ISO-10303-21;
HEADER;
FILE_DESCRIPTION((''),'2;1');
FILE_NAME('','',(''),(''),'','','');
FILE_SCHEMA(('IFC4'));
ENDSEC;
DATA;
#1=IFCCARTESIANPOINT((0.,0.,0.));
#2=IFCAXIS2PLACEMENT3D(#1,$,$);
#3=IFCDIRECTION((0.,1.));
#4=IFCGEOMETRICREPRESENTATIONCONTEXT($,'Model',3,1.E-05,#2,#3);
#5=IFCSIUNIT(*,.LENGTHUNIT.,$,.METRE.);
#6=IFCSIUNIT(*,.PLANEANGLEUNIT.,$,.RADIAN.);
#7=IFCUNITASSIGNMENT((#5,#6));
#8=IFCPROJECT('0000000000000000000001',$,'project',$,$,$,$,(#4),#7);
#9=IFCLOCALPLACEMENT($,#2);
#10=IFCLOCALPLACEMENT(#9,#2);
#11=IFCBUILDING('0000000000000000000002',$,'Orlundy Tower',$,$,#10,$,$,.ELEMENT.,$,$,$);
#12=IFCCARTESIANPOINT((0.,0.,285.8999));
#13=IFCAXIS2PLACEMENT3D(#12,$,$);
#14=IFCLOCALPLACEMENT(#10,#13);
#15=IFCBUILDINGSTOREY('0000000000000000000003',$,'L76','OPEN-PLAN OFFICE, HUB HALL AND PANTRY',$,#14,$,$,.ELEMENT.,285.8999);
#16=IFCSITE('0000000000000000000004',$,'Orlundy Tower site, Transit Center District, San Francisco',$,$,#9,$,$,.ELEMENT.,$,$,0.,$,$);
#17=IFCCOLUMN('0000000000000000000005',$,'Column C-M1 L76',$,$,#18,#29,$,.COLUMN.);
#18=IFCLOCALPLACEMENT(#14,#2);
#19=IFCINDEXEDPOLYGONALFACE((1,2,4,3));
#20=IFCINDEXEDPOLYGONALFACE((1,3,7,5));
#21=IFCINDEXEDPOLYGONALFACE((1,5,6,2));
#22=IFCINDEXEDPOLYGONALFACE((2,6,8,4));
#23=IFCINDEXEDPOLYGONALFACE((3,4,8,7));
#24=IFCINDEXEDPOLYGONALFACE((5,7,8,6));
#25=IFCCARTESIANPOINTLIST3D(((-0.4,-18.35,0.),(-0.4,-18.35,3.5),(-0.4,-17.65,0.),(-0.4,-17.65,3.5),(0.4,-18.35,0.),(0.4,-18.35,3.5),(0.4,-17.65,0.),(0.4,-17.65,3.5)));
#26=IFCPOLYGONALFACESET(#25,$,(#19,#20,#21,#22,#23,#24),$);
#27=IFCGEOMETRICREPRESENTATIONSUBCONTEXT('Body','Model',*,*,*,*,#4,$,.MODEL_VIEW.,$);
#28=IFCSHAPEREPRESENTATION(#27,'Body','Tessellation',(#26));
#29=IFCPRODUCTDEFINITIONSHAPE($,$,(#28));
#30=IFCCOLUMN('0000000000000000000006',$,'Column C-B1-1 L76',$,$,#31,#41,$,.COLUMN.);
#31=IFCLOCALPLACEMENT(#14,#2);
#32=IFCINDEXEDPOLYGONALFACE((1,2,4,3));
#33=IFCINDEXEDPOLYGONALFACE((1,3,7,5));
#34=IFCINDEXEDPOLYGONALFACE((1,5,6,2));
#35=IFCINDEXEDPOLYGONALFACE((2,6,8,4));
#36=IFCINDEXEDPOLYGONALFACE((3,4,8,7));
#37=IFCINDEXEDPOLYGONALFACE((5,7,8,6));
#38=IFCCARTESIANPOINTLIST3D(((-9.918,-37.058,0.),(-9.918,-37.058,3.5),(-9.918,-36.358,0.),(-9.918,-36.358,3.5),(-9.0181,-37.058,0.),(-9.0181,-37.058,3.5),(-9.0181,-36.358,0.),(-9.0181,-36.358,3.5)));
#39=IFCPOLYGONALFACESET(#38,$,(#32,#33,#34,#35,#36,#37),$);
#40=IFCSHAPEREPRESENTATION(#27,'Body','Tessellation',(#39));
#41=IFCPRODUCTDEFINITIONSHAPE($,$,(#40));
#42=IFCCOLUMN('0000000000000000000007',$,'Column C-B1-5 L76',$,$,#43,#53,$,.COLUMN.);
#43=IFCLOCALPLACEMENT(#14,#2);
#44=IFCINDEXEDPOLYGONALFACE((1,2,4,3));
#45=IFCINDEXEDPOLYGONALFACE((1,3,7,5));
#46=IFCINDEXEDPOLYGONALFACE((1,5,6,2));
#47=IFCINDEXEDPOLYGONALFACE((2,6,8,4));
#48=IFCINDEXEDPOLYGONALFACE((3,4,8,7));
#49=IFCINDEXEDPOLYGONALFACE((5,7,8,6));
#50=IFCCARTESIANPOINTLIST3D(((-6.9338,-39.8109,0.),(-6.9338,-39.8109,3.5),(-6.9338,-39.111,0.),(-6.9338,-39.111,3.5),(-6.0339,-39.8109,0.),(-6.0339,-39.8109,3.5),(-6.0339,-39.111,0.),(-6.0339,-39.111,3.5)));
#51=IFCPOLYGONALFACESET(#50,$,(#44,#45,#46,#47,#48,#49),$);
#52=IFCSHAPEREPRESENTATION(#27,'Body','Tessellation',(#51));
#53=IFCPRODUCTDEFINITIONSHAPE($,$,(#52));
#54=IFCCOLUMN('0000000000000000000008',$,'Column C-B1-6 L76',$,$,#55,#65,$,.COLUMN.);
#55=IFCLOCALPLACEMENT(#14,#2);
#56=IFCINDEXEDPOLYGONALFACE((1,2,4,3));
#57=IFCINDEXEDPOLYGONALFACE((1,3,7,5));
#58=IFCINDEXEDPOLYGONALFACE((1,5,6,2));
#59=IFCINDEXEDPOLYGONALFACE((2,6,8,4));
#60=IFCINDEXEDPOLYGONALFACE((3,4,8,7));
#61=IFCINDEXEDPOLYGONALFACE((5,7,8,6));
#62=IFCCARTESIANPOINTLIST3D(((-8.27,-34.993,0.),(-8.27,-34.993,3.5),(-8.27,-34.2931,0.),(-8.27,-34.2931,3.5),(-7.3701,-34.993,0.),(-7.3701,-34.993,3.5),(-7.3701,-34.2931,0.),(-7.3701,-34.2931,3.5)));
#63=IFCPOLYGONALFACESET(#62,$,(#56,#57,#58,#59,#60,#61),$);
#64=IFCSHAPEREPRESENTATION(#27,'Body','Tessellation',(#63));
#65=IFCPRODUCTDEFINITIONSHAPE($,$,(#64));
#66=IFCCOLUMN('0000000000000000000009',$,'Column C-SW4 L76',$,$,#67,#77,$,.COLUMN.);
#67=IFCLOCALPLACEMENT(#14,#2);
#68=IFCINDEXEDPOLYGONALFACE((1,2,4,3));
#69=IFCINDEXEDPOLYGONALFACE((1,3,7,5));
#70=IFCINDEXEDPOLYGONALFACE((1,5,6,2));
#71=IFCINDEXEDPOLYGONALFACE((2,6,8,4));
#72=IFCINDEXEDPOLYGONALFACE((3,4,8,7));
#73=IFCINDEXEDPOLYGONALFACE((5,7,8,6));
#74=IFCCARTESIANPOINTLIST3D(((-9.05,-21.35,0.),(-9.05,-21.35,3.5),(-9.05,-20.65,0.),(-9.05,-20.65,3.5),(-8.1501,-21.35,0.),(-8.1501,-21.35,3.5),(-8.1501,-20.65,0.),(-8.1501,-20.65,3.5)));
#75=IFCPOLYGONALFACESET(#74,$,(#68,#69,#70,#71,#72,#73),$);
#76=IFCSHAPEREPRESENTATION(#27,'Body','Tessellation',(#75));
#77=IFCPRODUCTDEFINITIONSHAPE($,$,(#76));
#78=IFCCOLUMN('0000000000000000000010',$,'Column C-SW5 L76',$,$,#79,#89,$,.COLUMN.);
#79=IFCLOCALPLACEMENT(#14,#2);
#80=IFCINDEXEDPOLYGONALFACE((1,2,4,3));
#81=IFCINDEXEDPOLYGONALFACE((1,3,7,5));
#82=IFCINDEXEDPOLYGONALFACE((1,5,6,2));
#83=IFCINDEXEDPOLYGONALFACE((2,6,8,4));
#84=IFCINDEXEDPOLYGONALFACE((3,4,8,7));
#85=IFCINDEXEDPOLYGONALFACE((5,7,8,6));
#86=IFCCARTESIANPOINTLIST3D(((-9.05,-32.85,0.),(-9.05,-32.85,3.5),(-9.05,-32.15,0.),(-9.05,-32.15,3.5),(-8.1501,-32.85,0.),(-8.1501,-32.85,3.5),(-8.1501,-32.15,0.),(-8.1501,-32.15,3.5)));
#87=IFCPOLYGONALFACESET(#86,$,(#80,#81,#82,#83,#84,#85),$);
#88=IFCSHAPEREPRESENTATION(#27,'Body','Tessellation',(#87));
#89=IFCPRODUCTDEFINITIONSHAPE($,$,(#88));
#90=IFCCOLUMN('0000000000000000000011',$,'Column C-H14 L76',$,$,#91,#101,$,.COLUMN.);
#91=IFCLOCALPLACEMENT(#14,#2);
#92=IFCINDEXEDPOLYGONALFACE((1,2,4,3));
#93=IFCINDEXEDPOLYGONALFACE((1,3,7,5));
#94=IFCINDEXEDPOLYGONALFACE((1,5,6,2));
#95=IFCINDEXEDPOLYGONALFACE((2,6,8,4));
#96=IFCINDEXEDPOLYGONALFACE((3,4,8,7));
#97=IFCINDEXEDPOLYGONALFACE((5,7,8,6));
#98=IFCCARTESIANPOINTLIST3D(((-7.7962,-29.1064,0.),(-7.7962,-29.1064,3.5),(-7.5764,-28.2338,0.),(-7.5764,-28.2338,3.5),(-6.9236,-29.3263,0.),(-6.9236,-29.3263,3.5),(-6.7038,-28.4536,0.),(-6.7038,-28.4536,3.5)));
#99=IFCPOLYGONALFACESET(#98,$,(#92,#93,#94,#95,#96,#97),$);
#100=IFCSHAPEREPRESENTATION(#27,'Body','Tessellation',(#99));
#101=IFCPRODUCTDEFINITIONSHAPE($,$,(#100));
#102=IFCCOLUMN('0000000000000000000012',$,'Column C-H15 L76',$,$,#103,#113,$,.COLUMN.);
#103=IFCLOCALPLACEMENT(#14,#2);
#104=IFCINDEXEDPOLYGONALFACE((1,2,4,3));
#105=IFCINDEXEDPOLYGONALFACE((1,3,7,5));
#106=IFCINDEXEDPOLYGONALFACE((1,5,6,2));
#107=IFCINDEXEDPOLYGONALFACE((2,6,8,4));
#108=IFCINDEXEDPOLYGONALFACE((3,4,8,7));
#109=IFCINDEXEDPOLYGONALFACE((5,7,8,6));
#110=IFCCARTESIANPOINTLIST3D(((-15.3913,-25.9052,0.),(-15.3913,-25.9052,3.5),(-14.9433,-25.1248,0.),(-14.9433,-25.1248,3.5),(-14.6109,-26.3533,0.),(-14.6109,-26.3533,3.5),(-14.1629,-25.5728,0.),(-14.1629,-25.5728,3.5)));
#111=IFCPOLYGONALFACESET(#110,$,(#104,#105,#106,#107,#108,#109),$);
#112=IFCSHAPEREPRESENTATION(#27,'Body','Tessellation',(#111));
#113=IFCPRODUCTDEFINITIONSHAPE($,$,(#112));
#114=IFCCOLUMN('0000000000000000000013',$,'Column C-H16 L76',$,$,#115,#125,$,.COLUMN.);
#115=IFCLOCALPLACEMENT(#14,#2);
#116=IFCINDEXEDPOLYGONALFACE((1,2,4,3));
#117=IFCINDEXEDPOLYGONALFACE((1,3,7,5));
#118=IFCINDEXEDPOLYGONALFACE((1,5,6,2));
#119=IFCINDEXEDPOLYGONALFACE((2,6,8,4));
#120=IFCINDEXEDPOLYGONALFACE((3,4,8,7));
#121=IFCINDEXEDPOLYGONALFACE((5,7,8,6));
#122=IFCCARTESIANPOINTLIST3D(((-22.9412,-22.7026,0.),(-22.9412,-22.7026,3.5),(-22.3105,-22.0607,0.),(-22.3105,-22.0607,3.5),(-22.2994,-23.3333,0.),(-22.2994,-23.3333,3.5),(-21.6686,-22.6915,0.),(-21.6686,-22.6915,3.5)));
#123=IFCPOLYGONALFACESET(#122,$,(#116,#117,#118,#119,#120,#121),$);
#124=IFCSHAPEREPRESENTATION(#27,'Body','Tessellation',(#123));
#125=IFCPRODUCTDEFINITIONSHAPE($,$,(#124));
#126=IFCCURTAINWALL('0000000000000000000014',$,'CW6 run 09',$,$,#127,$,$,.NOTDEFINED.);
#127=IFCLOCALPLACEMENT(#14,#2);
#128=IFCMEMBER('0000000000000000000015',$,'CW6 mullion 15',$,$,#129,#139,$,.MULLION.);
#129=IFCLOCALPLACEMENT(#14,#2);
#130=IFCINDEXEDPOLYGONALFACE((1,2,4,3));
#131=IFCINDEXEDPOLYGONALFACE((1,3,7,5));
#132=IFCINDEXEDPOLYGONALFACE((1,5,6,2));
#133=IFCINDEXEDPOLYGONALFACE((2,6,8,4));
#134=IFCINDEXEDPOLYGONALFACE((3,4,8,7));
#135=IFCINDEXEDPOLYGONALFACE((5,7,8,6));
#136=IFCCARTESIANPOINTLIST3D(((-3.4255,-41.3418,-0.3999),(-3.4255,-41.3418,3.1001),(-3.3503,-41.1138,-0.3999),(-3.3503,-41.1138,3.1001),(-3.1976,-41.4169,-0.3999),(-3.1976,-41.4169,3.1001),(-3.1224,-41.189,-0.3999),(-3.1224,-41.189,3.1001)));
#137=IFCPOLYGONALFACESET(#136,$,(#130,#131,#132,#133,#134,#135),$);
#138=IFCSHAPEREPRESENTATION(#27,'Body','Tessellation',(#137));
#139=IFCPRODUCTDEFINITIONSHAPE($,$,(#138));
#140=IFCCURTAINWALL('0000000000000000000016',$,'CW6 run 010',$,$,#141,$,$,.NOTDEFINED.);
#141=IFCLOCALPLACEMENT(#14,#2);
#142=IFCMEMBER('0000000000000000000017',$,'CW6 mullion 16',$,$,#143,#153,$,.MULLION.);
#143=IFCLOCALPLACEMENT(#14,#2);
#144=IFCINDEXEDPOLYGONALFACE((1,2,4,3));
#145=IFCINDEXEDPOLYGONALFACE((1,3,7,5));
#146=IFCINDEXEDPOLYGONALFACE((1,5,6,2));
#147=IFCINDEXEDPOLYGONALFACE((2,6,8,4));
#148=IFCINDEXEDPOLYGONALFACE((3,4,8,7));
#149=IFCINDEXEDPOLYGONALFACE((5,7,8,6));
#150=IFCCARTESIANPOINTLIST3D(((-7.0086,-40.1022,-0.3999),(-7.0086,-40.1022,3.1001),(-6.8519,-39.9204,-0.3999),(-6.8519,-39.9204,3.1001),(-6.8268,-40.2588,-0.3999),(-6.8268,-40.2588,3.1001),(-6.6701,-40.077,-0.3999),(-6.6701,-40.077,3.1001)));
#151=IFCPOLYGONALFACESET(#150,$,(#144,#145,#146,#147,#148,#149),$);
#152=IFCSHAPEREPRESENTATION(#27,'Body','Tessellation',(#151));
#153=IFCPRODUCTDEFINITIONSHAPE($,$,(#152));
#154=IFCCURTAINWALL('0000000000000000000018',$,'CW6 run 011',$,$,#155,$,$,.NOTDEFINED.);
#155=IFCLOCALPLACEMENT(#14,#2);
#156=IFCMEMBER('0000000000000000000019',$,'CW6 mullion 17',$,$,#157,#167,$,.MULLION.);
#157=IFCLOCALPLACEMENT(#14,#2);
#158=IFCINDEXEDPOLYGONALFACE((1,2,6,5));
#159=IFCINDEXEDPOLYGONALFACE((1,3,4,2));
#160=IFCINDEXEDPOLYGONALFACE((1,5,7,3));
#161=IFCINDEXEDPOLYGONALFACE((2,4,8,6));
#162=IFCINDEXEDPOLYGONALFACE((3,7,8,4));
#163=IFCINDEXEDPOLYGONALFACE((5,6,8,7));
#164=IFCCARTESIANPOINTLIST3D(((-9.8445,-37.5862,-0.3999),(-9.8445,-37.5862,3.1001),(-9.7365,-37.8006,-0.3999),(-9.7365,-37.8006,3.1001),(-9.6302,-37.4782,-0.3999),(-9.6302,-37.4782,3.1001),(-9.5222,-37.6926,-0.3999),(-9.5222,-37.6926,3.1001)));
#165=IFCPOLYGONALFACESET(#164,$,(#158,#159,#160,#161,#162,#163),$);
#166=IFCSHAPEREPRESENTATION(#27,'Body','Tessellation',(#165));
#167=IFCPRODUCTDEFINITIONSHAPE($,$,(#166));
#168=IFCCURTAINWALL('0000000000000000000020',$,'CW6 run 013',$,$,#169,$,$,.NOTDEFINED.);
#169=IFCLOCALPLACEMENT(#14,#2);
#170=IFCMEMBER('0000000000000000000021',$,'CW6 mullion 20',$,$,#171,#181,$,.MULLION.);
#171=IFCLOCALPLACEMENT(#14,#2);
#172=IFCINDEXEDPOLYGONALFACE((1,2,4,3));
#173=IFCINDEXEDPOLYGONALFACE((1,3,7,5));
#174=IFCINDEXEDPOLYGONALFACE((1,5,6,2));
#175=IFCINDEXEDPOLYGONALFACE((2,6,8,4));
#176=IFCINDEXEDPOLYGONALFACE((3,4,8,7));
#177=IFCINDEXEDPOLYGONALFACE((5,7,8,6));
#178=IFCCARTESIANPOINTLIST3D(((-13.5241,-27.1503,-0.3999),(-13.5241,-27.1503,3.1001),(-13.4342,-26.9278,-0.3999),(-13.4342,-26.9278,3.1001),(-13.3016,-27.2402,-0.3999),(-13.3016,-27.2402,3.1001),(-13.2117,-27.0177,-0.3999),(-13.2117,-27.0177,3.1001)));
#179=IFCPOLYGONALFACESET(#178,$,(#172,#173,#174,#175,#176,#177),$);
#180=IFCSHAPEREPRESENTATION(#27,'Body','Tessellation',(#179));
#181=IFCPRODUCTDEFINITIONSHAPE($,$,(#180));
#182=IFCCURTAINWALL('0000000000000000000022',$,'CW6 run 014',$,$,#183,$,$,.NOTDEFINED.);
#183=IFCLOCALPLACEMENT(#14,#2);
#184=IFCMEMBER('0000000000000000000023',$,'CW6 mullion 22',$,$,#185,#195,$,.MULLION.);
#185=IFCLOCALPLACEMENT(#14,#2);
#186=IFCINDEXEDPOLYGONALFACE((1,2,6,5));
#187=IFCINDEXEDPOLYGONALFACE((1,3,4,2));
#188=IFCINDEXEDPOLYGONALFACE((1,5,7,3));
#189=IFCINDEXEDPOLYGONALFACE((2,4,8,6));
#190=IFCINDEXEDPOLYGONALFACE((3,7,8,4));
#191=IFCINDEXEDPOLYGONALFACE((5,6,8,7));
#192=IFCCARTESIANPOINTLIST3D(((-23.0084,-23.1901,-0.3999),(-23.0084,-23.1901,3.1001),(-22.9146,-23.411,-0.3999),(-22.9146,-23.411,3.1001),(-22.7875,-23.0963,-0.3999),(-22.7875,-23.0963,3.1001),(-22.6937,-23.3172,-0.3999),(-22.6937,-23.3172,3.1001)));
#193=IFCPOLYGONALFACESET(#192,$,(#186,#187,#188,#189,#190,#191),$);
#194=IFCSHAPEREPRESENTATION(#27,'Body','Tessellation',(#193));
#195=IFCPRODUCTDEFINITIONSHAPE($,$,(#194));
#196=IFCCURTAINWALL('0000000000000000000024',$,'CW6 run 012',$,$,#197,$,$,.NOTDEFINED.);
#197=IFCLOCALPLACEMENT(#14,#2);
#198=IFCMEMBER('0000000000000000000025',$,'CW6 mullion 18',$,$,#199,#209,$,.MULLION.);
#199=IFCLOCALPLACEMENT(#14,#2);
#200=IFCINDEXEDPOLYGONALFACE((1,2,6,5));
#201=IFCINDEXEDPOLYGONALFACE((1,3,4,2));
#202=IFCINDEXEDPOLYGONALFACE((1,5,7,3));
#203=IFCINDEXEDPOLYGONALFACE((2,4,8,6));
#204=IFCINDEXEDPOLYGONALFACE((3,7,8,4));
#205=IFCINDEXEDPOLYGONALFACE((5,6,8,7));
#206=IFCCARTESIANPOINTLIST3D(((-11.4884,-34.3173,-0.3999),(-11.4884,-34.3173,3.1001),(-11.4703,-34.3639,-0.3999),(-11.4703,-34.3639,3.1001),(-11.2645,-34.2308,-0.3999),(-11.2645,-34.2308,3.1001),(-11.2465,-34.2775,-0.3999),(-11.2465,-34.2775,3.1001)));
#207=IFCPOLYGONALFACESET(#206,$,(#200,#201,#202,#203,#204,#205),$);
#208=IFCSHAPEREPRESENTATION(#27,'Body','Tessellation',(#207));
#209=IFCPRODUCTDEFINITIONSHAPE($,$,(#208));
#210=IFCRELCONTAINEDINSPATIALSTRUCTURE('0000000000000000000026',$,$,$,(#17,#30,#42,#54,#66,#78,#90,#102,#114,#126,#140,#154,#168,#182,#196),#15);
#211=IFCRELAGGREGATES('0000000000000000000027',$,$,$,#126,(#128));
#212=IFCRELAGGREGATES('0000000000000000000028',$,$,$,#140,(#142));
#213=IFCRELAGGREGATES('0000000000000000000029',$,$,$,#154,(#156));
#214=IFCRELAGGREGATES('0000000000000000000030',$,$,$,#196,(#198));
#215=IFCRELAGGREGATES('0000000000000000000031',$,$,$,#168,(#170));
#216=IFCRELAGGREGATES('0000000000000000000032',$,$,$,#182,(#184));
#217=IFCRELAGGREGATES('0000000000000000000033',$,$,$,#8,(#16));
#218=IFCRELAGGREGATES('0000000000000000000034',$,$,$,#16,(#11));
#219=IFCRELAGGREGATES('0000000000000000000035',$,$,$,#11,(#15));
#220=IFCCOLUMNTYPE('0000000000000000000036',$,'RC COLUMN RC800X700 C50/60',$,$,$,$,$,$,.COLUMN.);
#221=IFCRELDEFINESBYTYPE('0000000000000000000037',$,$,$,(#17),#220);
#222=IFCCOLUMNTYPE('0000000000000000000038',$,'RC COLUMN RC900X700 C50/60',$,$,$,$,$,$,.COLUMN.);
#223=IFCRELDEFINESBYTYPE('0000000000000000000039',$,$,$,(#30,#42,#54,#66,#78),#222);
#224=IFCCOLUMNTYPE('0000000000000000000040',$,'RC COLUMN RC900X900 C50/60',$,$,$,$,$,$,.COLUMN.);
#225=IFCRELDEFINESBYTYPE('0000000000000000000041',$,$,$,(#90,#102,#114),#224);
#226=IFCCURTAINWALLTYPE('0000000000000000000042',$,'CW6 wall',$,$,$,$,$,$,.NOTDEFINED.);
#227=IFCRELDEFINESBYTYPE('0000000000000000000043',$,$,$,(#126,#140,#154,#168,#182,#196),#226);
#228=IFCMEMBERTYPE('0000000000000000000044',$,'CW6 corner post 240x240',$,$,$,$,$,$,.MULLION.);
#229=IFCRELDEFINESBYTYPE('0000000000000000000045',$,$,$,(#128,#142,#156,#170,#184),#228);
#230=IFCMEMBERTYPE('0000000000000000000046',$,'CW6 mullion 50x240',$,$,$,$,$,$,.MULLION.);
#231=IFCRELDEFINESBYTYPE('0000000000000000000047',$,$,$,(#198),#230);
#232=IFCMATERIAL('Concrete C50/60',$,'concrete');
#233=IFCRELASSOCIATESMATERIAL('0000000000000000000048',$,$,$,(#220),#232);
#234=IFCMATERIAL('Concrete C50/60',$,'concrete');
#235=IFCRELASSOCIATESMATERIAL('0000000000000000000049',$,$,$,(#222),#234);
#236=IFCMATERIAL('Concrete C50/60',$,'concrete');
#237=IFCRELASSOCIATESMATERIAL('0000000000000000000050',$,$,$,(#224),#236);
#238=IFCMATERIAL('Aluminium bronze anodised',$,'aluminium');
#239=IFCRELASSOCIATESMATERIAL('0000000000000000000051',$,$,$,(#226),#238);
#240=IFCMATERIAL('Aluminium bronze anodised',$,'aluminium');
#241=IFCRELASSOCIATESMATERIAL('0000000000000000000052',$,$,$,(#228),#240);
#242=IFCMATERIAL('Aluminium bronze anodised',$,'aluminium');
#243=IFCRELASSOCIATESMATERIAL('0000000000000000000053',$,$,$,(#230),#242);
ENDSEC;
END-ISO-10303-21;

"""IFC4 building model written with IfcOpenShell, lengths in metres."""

from ifc_helpers import new_model, si_unit, direction, frame, origin, origin_2d, place, context, subcontext, project, spatial, rectangle, extrude, material, material_profile, profile_set, type_object, element, aggregate, save


model = new_model("IFC4")

# Units and contexts
model_context = context("Model", 3, precision=1e-05, world=origin(), true_north=direction((0.0, 1.0)))
body_context = subcontext(model_context, "Body", "Model", "MODEL_VIEW")
ifc_project = project(units=[si_unit("LENGTHUNIT", "METRE"), si_unit("PLANEANGLEUNIT", "RADIAN")], contexts=[model_context])

# Site, building, storey
site_placement = place(None, origin())
site = spatial("IfcSite", under=ifc_project, at=site_placement, Name="Orlundy Tower site, Transit Center District, San Francisco", CompositionType="ELEMENT", RefElevation=0.0)
building_placement = place(site_placement, origin())
building = spatial("IfcBuilding", under=site, at=building_placement, Name="Orlundy Tower", CompositionType="ELEMENT")
storey_placement = place(building_placement, frame((0.0, 0.0, 285.8999)))
storey = spatial("IfcBuildingStorey", under=building, at=storey_placement, Name="L76", Description="OPEN-PLAN OFFICE, HUB HALL AND PANTRY", CompositionType="ELEMENT", Elevation=285.8999)

# Columns
ifc_material_1 = material(Name="Concrete C50/60", Category="concrete")
ifc_material_profile_1 = material_profile(ifc_material_1, rectangle(XDim=0.8, YDim=0.7, at=origin_2d()), Name="RC800X700")
ifc_profile_set_1 = profile_set([ifc_material_profile_1], Name="Concrete C50/60")
column_type_1 = type_object("IfcColumnType", Name="RC COLUMN RC800X700 C50/60", PredefinedType="COLUMN", material=ifc_profile_set_1)
column_placement = place(storey_placement, frame((0.0, -18.0, 0.0), z_axis=(0.0, 0.0, 1.0), x_axis=(1.0, 0.0, 0.0)))
element("IfcColumn", 1, at=column_placement, inside=storey, type_object=column_type_1, Name="Column C-M1 L76", PredefinedType="COLUMN", context=body_context, shape_type="SweptSolid", body=[
    extrude(rectangle(XDim=0.8, YDim=0.7, at=origin_2d()), origin(), (0.0, 0.0, 1.0), 3.5),
])
ifc_material_2 = material(Name="Concrete C50/60", Category="concrete")
ifc_material_profile_2 = material_profile(ifc_material_2, rectangle(XDim=0.8999, YDim=0.7, at=origin_2d()), Name="RC900X700")
ifc_profile_set_2 = profile_set([ifc_material_profile_2], Name="Concrete C50/60")
column_type_2 = type_object("IfcColumnType", Name="RC COLUMN RC900X700 C50/60", PredefinedType="COLUMN", material=ifc_profile_set_2)
for number, where, z_axis, x_axis, name in (
    (2, (-9.468, -36.708, 0.0), (0.0, 0.0, 1.0), (1.0, 0.0, 0.0), "Column C-B1-1 L76"),
    (3, (-6.4839, -39.4609, 0.0), (0.0, 0.0, 1.0), (1.0, 0.0, 0.0), "Column C-B1-5 L76"),
    (4, (-7.8201, -34.6431, 0.0), (0.0, 0.0, 1.0), (1.0, 0.0, 0.0), "Column C-B1-6 L76"),
    (5, (-8.6001, -21.0, 0.0), (0.0, 0.0, 1.0), (1.0, 0.0, 0.0), "Column C-SW4 L76"),
    (6, (-8.6001, -32.5, 0.0), (0.0, 0.0, 1.0), (1.0, 0.0, 0.0), "Column C-SW5 L76"),
):
    element("IfcColumn", number, at=place(storey_placement, frame(where, z_axis=z_axis, x_axis=x_axis)), inside=storey, type_object=column_type_2, Name=name, PredefinedType="COLUMN", context=body_context, shape_type="SweptSolid", body=[
        extrude(rectangle(XDim=0.8999, YDim=0.7, at=origin_2d()), origin(), (0.0, 0.0, 1.0), 3.5),
    ])
ifc_material_3 = material(Name="Concrete C50/60", Category="concrete")
ifc_material_profile_3 = material_profile(ifc_material_3, rectangle(XDim=0.8999, YDim=0.8999, at=origin_2d()), Name="RC900X900")
ifc_profile_set_3 = profile_set([ifc_material_profile_3], Name="Concrete C50/60")
column_type_3 = type_object("IfcColumnType", Name="RC COLUMN RC900X900 C50/60", PredefinedType="COLUMN", material=ifc_profile_set_3)
for number, where, z_axis, x_axis, name in (
    (7, (-7.25, -28.78, 0.0), (0.0, 0.0, 1.0), (-0.244275, -0.969706, 0.0), "Column C-H14 L76"),
    (8, (-14.7771, -25.739, 0.0), (0.0, 0.0, 1.0), (-0.497898, -0.867236, 0.0), "Column C-H15 L76"),
    (9, (-22.3049, -22.697, 0.0), (0.0, 0.0, 1.0), (-0.700922, -0.713238, 0.0), "Column C-H16 L76"),
):
    element("IfcColumn", number, at=place(storey_placement, frame(where, z_axis=z_axis, x_axis=x_axis)), inside=storey, type_object=column_type_3, Name=name, PredefinedType="COLUMN", context=body_context, shape_type="SweptSolid", body=[
        extrude(rectangle(XDim=0.8999, YDim=0.8999, at=origin_2d()), origin(), (0.0, 0.0, 1.0), 3.5),
    ])

# Curtain walls, members
ifc_material_4 = material(Name="Aluminium bronze anodised", Category="aluminium")
curtain_wall_type = type_object("IfcCurtainWallType", Name="CW6 wall", PredefinedType="NOTDEFINED", material=ifc_material_4)
curtain_wall_1_placement = place(storey_placement, origin())
curtain_wall_1 = element("IfcCurtainWall", 10, at=curtain_wall_1_placement, inside=storey, type_object=curtain_wall_type, Name="CW6 run 09", PredefinedType="NOTDEFINED")
ifc_material_5 = material(Name="Aluminium bronze anodised", Category="aluminium")
ifc_material_profile_4 = material_profile(ifc_material_5, rectangle(XDim=0.24, YDim=0.24, at=origin_2d()), Name="CW6 corner post 240x240")
ifc_profile_set_4 = profile_set([ifc_material_profile_4], Name="Aluminium bronze anodised")
member_type_1 = type_object("IfcMemberType", Name="CW6 corner post 240x240", PredefinedType="MULLION", material=ifc_profile_set_4)
member_1_placement = place(storey_placement, frame((-3.2739, -41.2654, -0.3999), z_axis=(0.0, 0.0, 1.0), x_axis=(-0.313231, -0.949677, 0.0)))
member_1 = element("IfcMember", 11, at=member_1_placement, type_object=member_type_1, Name="CW6 mullion 15", PredefinedType="MULLION", context=body_context, shape_type="SweptSolid", body=[
    extrude(rectangle(XDim=0.24, YDim=0.24, at=origin_2d()), origin(), (0.0, 0.0, 1.0), 3.5),
])
curtain_wall_2_placement = place(storey_placement, origin())
curtain_wall_2 = element("IfcCurtainWall", 12, at=curtain_wall_2_placement, inside=storey, type_object=curtain_wall_type, Name="CW6 run 010", PredefinedType="NOTDEFINED")
member_2_placement = place(storey_placement, frame((-6.8394, -40.0896, -0.3999), z_axis=(0.0, 0.0, 1.0), x_axis=(-0.652678, -0.757635, 0.0)))
member_2 = element("IfcMember", 13, at=member_2_placement, type_object=member_type_1, Name="CW6 mullion 16", PredefinedType="MULLION", context=body_context, shape_type="SweptSolid", body=[
    extrude(rectangle(XDim=0.24, YDim=0.24, at=origin_2d()), origin(), (0.0, 0.0, 1.0), 3.5),
])
curtain_wall_3_placement = place(storey_placement, origin())
curtain_wall_3 = element("IfcCurtainWall", 14, at=curtain_wall_3_placement, inside=storey, type_object=curtain_wall_type, Name="CW6 run 011", PredefinedType="NOTDEFINED")
member_3_placement = place(storey_placement, frame((-9.6833, -37.6394, -0.3999), z_axis=(0.0, 0.0, 1.0), x_axis=(-0.89302, -0.450017, 0.0)))
member_3 = element("IfcMember", 15, at=member_3_placement, type_object=member_type_1, Name="CW6 mullion 17", PredefinedType="MULLION", context=body_context, shape_type="SweptSolid", body=[
    extrude(rectangle(XDim=0.24, YDim=0.24, at=origin_2d()), origin(), (0.0, 0.0, 1.0), 3.5),
])
curtain_wall_4_placement = place(storey_placement, origin())
curtain_wall_4 = element("IfcCurtainWall", 16, at=curtain_wall_4_placement, inside=storey, type_object=curtain_wall_type, Name="CW6 run 013", PredefinedType="NOTDEFINED")
member_4_placement = place(storey_placement, frame((-13.3679, -27.084, -0.3999), z_axis=(0.0, 0.0, 1.0), x_axis=(-0.374521, -0.927218, 0.0)))
member_4 = element("IfcMember", 17, at=member_4_placement, type_object=member_type_1, Name="CW6 mullion 20", PredefinedType="MULLION", context=body_context, shape_type="SweptSolid", body=[
    extrude(rectangle(XDim=0.24, YDim=0.24, at=origin_2d()), origin(), (0.0, 0.0, 1.0), 3.5),
])
curtain_wall_5_placement = place(storey_placement, origin())
curtain_wall_5 = element("IfcCurtainWall", 18, at=curtain_wall_5_placement, inside=storey, type_object=curtain_wall_type, Name="CW6 run 014", PredefinedType="NOTDEFINED")
member_5_placement = place(storey_placement, frame((-22.8511, -23.2537, -0.3999), z_axis=(0.0, 0.0, 1.0), x_axis=(-0.920507, -0.390727, 0.0)))
member_5 = element("IfcMember", 19, at=member_5_placement, type_object=member_type_1, Name="CW6 mullion 22", PredefinedType="MULLION", context=body_context, shape_type="SweptSolid", body=[
    extrude(rectangle(XDim=0.24, YDim=0.24, at=origin_2d()), origin(), (0.0, 0.0, 1.0), 3.5),
])

# Curtain wall, member
curtain_wall_6_placement = place(storey_placement, origin())
curtain_wall_6 = element("IfcCurtainWall", 20, at=curtain_wall_6_placement, inside=storey, type_object=curtain_wall_type, Name="CW6 run 012", PredefinedType="NOTDEFINED")
ifc_material_6 = material(Name="Aluminium bronze anodised", Category="aluminium")
ifc_material_profile_5 = material_profile(ifc_material_6, rectangle(XDim=0.24, YDim=0.05, at=origin_2d()), Name="CW6 mullion 50x240")
ifc_profile_set_5 = profile_set([ifc_material_profile_5], Name="Aluminium bronze anodised")
member_type_2 = type_object("IfcMemberType", Name="CW6 mullion 50x240", PredefinedType="MULLION", material=ifc_profile_set_5)
member_6_placement = place(storey_placement, frame((-11.3674, -34.2974, -0.3999), z_axis=(0.0, 0.0, 1.0), x_axis=(-0.932815, -0.360356, 0.0)))
member_6 = element("IfcMember", 21, at=member_6_placement, type_object=member_type_2, Name="CW6 mullion 18", PredefinedType="MULLION", context=body_context, shape_type="SweptSolid", body=[
    extrude(rectangle(XDim=0.24, YDim=0.05, at=origin_2d()), origin(), (0.0, 0.0, 1.0), 3.5),
])

aggregate(curtain_wall_1, [member_1])
aggregate(curtain_wall_2, [member_2])
aggregate(curtain_wall_3, [member_3])
aggregate(curtain_wall_6, [member_6])
aggregate(curtain_wall_4, [member_4])
aggregate(curtain_wall_5, [member_5])

save(model, "model.ifc")
